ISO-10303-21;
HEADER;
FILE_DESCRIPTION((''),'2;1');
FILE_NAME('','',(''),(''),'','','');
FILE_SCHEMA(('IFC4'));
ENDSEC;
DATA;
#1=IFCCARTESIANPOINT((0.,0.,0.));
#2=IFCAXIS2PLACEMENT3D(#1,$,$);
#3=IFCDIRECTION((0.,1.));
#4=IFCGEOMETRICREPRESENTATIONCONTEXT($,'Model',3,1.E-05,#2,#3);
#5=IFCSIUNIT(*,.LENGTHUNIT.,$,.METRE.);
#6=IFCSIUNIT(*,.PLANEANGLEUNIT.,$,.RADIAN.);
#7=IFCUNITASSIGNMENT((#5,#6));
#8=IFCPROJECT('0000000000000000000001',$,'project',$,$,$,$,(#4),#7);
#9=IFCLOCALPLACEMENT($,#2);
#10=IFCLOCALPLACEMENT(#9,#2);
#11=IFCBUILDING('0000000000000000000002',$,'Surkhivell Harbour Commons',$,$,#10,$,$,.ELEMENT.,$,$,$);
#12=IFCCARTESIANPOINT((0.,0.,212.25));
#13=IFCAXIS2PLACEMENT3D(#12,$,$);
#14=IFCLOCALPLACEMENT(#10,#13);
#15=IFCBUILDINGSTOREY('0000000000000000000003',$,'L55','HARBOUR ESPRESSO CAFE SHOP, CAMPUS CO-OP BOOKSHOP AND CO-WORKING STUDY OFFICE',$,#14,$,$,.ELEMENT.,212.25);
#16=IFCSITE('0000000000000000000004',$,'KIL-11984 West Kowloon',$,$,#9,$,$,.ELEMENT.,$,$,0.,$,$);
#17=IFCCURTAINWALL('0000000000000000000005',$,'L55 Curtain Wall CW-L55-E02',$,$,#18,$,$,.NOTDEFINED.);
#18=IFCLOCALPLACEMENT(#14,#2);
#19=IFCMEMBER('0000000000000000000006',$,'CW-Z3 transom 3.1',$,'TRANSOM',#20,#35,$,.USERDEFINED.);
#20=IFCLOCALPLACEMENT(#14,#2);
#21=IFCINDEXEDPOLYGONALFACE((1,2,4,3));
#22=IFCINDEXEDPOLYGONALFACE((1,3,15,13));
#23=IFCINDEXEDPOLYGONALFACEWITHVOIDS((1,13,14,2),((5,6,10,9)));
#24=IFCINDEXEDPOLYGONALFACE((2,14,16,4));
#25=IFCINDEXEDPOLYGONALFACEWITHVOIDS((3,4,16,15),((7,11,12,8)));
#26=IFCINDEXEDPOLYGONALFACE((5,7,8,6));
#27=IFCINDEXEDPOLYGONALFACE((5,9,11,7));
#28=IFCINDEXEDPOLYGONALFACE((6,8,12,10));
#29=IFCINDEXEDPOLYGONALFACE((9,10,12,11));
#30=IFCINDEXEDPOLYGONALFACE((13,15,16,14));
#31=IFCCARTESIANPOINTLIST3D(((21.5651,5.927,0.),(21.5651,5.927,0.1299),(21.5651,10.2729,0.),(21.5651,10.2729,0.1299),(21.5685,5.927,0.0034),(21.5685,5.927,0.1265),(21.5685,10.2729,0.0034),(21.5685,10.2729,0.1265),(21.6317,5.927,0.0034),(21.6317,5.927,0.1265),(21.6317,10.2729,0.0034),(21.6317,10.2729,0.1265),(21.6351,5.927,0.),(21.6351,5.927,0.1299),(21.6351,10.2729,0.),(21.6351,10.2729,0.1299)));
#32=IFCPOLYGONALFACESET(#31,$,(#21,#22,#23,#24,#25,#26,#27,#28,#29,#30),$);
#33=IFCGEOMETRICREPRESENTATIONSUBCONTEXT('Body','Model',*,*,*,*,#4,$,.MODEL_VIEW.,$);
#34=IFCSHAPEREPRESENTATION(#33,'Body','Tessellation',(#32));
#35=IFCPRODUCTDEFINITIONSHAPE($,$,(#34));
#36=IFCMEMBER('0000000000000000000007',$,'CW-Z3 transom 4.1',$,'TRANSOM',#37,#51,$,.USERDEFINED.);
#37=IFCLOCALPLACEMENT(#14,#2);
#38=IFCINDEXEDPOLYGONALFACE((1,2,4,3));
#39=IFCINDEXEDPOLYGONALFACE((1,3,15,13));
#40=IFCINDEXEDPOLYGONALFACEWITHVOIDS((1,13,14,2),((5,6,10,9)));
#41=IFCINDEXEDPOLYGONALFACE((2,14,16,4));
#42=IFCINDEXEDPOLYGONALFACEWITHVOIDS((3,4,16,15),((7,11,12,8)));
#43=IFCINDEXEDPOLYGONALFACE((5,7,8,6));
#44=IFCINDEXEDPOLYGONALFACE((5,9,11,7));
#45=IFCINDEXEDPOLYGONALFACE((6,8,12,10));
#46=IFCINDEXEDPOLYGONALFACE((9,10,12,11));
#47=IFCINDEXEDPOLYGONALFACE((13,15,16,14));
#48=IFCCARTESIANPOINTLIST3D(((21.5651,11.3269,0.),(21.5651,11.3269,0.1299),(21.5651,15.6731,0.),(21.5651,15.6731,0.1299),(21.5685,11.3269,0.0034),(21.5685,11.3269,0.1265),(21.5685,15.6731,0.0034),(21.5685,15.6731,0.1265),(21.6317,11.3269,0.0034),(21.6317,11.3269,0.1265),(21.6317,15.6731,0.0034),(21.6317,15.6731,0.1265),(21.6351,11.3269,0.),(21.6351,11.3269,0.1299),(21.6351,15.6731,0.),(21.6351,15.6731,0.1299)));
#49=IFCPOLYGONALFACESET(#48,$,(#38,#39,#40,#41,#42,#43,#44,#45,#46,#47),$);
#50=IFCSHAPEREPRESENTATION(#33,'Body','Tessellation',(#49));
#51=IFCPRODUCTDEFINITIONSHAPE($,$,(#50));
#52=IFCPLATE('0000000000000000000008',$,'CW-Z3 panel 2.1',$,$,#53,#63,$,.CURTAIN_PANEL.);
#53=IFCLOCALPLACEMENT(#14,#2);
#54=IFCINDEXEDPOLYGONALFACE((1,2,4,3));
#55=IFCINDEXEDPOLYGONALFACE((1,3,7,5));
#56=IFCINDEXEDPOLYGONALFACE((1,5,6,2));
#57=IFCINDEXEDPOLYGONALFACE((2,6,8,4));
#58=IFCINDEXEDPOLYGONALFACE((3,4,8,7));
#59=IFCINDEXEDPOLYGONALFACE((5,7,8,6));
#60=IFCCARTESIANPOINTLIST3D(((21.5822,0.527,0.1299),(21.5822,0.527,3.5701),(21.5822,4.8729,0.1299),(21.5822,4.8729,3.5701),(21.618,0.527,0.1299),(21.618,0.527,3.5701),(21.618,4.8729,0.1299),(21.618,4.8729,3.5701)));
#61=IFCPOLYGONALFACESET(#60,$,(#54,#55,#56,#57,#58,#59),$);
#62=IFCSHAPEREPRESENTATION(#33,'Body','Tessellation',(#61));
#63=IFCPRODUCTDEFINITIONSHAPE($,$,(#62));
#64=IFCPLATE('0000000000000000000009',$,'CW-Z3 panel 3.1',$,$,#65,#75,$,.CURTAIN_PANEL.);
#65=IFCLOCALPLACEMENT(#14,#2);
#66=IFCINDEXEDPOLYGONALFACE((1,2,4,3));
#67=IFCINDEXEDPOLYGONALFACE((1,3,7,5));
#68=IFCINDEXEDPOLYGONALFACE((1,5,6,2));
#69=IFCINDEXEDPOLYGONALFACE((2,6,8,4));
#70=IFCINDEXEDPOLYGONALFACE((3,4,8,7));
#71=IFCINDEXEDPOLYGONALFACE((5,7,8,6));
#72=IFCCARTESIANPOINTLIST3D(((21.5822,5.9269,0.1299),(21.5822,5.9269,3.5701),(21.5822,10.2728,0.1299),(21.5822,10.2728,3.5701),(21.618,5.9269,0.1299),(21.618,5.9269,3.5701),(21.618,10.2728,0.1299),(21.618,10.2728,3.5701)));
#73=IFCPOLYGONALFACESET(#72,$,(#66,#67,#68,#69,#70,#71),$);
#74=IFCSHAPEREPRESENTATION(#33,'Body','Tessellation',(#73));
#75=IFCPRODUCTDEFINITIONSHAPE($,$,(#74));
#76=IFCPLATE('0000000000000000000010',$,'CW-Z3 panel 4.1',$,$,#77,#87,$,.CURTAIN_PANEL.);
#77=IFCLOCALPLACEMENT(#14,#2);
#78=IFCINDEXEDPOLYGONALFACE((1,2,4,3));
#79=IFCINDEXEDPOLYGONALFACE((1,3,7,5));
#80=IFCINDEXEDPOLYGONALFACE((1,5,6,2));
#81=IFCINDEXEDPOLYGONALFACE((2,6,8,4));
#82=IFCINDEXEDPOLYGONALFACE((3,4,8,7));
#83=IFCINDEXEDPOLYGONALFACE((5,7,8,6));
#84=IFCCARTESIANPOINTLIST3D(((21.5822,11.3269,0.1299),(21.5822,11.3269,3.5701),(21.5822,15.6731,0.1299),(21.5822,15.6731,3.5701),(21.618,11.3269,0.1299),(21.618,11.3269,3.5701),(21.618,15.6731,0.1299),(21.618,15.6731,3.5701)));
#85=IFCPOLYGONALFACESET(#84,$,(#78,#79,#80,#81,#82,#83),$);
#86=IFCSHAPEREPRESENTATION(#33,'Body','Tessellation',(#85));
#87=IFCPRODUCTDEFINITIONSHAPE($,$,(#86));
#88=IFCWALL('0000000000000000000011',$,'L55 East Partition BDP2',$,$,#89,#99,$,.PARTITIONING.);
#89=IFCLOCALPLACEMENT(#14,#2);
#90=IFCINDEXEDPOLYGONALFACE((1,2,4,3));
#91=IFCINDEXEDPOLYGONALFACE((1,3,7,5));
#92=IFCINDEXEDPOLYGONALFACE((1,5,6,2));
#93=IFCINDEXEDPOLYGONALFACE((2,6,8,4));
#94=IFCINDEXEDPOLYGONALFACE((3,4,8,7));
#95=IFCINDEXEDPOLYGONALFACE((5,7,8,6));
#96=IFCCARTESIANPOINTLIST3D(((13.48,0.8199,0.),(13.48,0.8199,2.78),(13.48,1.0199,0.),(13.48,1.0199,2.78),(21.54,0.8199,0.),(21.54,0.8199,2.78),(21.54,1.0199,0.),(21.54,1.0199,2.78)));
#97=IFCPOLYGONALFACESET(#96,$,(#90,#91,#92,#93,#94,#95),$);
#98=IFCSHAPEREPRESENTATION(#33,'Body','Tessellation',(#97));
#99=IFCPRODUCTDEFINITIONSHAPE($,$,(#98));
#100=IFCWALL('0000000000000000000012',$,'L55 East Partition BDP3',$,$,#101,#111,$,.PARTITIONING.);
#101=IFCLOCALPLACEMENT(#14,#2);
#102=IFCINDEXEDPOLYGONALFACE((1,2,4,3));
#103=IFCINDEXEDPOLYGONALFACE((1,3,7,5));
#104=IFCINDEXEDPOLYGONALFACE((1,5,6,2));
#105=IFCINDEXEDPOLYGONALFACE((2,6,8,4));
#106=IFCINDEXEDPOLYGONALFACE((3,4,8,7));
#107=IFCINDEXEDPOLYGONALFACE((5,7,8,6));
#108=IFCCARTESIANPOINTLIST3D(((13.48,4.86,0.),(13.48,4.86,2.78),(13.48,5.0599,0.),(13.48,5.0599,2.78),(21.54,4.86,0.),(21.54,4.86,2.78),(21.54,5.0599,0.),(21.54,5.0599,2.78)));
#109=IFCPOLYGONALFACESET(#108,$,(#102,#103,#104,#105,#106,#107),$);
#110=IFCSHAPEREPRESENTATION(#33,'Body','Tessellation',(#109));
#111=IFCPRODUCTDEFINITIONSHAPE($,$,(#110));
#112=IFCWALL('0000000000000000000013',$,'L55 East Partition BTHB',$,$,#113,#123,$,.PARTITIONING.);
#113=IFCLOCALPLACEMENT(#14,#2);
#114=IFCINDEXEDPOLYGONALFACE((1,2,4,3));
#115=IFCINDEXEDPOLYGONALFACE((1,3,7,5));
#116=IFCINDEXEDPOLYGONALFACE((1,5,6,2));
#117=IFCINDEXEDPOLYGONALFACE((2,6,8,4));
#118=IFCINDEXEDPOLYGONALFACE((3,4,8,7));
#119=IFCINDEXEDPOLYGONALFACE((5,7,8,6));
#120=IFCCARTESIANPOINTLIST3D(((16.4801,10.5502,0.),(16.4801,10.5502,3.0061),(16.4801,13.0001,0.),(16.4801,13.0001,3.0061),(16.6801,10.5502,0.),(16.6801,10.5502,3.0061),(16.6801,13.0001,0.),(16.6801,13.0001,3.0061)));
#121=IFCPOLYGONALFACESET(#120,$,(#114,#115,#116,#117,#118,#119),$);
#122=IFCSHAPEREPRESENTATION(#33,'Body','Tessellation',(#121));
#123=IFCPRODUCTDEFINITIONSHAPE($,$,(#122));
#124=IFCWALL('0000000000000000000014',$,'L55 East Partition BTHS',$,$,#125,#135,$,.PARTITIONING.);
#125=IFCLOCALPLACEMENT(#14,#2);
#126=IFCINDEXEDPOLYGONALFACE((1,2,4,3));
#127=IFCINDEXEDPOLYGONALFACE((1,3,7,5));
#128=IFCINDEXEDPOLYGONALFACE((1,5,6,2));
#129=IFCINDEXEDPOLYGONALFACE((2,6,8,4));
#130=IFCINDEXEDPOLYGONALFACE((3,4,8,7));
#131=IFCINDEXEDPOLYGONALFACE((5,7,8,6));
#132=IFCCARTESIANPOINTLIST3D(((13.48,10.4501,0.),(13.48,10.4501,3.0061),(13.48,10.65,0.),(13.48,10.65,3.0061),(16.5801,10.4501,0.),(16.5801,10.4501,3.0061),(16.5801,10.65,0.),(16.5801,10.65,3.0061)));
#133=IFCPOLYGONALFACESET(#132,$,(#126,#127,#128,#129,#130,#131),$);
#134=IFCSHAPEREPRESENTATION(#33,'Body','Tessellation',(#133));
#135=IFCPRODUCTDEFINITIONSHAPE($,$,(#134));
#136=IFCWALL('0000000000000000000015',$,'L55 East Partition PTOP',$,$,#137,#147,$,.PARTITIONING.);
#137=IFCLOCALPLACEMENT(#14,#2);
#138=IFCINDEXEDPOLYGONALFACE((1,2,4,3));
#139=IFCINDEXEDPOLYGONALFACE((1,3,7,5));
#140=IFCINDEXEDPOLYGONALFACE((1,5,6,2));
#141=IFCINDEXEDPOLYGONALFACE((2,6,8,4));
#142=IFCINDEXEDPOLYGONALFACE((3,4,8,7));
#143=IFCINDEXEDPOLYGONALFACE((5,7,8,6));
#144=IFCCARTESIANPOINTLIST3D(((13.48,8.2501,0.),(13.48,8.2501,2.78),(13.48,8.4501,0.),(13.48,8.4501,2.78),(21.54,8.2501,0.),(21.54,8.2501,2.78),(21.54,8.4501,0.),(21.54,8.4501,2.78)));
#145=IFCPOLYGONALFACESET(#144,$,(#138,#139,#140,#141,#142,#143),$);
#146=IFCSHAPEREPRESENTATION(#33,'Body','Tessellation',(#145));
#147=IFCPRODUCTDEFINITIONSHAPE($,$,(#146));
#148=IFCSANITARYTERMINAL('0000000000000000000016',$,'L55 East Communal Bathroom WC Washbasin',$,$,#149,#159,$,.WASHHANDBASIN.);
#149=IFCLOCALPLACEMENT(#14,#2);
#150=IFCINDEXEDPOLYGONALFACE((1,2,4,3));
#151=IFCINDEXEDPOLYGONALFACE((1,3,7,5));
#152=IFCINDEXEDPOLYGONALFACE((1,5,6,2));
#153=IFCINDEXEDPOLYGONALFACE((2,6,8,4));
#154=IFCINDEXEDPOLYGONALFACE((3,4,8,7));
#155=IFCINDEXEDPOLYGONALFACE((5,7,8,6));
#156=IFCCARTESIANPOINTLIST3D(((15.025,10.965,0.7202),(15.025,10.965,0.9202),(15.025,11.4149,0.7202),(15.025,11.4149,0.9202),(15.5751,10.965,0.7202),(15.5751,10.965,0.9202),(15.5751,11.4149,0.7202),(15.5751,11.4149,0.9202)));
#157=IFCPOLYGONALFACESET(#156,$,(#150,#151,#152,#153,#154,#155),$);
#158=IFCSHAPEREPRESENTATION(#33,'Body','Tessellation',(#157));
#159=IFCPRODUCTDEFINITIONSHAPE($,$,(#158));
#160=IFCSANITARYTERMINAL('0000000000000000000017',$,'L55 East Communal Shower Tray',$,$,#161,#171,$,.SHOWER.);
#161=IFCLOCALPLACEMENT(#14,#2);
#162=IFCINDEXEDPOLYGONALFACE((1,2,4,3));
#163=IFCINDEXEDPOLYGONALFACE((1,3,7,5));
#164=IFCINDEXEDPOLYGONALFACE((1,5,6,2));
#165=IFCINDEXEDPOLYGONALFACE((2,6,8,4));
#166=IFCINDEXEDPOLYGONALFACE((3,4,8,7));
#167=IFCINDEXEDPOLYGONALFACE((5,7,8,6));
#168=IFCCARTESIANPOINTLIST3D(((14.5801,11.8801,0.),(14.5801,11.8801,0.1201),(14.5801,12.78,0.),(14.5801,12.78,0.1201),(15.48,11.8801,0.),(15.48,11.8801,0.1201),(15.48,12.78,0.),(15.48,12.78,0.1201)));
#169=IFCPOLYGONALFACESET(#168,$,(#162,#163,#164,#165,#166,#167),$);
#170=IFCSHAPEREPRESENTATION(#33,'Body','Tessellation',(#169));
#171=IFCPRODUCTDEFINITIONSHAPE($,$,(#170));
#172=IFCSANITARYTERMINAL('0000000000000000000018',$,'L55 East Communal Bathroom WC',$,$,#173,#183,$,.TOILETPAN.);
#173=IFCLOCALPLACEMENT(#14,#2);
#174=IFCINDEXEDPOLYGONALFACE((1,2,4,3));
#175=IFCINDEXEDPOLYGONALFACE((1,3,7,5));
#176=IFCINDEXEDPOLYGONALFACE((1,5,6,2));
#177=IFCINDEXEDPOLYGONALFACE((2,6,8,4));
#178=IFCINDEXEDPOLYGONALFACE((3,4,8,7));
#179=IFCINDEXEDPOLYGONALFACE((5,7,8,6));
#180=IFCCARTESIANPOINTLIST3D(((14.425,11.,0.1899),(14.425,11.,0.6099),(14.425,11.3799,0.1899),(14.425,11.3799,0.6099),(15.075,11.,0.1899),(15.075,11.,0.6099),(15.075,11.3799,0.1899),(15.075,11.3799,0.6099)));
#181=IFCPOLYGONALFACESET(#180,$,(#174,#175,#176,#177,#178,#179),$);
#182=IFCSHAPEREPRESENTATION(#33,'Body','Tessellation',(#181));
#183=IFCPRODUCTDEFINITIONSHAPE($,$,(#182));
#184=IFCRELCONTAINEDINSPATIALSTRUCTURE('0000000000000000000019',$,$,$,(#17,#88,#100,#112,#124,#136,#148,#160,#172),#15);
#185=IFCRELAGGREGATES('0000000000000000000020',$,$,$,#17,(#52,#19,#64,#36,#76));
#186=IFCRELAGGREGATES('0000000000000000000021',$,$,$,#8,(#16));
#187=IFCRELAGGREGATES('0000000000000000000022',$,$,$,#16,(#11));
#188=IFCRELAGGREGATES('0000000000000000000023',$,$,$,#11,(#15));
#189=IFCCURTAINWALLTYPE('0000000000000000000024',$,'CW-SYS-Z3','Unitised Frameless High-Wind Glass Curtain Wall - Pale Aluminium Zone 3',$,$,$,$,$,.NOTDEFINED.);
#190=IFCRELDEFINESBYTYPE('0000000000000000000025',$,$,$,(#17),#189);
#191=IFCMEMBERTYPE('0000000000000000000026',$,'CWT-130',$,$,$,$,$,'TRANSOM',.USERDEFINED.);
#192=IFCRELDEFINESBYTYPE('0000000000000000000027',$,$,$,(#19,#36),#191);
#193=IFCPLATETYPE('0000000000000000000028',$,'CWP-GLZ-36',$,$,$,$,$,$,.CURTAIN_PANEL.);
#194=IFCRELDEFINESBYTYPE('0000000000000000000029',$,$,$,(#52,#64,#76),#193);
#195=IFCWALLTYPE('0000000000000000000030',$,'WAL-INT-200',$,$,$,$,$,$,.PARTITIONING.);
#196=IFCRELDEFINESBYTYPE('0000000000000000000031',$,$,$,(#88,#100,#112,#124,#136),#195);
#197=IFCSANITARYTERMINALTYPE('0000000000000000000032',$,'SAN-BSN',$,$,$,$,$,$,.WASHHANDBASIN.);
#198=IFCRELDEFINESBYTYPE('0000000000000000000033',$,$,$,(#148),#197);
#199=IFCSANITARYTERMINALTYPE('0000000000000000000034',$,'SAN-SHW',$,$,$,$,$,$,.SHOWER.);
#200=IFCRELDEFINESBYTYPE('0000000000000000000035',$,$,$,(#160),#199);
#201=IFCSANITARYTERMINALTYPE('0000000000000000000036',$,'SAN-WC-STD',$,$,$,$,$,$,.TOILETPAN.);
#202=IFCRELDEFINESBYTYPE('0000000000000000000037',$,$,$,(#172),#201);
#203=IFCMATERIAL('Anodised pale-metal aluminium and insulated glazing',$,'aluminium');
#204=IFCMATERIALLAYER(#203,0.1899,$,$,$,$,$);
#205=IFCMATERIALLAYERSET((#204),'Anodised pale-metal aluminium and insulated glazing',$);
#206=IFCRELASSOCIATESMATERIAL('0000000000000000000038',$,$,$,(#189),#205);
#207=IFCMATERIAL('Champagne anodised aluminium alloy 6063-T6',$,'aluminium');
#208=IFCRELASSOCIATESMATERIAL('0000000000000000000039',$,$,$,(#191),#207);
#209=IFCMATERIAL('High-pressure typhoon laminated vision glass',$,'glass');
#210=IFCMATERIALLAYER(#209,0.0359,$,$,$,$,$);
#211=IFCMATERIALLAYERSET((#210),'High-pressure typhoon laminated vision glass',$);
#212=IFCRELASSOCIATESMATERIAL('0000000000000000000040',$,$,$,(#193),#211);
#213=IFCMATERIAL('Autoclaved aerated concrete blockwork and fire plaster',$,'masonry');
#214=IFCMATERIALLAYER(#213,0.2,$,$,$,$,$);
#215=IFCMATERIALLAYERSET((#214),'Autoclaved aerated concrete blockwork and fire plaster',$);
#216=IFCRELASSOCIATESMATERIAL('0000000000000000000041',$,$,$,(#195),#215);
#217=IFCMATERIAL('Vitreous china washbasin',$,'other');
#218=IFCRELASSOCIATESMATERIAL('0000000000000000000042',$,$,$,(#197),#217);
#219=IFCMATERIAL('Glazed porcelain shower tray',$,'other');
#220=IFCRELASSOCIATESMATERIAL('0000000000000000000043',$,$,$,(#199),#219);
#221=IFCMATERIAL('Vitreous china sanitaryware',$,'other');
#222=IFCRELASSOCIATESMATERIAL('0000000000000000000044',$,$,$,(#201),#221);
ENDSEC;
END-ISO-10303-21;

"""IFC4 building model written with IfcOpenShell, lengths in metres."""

from ifc_helpers import new_model, si_unit, direction, frame, frame_2d, origin, origin_2d, place, context, subcontext, project, spatial, rectangle, hollow_rectangle, extrude, material, layer, layer_set, material_profile, profile_set, type_object, element, aggregate, save


model = new_model("IFC4")

# Units and contexts
model_context = context("Model", 3, precision=1e-05, world=origin(), true_north=direction((0.0, 1.0)))
body_context = subcontext(model_context, "Body", "Model", "MODEL_VIEW")
ifc_project = project(units=[si_unit("LENGTHUNIT", "METRE"), si_unit("PLANEANGLEUNIT", "RADIAN")], contexts=[model_context])

# Site, building, storey
site_placement = place(None, origin())
site = spatial("IfcSite", under=ifc_project, at=site_placement, Name="KIL-11984 West Kowloon", CompositionType="ELEMENT", RefElevation=0.0)
building_placement = place(site_placement, origin())
building = spatial("IfcBuilding", under=site, at=building_placement, Name="Surkhivell Harbour Commons", CompositionType="ELEMENT")
storey_placement = place(building_placement, frame((0.0, 0.0, 212.25)))
storey = spatial("IfcBuildingStorey", under=building, at=storey_placement, Name="L55", Description="HARBOUR ESPRESSO CAFE SHOP, CAMPUS CO-OP BOOKSHOP AND CO-WORKING STUDY OFFICE", CompositionType="ELEMENT", Elevation=212.25)

# Curtain wall, members, plates
ifc_material_1 = material(Name="Anodised pale-metal aluminium and insulated glazing", Category="aluminium")
ifc_layer_1 = layer(ifc_material_1, 0.1899)
ifc_layer_set_1 = layer_set([ifc_layer_1], Name="Anodised pale-metal aluminium and insulated glazing")
curtain_wall_type = type_object("IfcCurtainWallType", Name="CW-SYS-Z3", Description="Unitised Frameless High-Wind Glass Curtain Wall - Pale Aluminium Zone 3", PredefinedType="NOTDEFINED", material=ifc_layer_set_1)
curtain_wall_placement = place(storey_placement, origin())
curtain_wall = element("IfcCurtainWall", 1, at=curtain_wall_placement, inside=storey, type_object=curtain_wall_type, Name="L55 Curtain Wall CW-L55-E02", PredefinedType="NOTDEFINED")
ifc_material_2 = material(Name="Champagne anodised aluminium alloy 6063-T6", Category="aluminium")
ifc_material_profile_1 = material_profile(ifc_material_2, hollow_rectangle(XDim=0.0701, YDim=0.1299, WallThickness=0.0034, at=origin_2d()), Name="ALU-TRAN-70x130")
ifc_profile_set_1 = profile_set([ifc_material_profile_1], Name="Champagne anodised aluminium alloy 6063-T6")
member_type_1 = type_object("IfcMemberType", Name="CWT-130", ElementType="TRANSOM", PredefinedType="USERDEFINED", material=ifc_profile_set_1)
member_1_placement = place(storey_placement, frame((21.6001, 5.927, 0.0649), z_axis=(0.0, 1.0, 0.0), x_axis=(-1.0, 0.0, 0.0)))
member_1 = element("IfcMember", 2, at=member_1_placement, type_object=member_type_1, Name="CW-Z3 transom 3.1", ObjectType="TRANSOM", PredefinedType="USERDEFINED", context=body_context, shape_type="SweptSolid", body=[
    extrude(hollow_rectangle(XDim=0.0701, YDim=0.1299, WallThickness=0.0034, at=origin_2d()), origin(), (0.0, 0.0, 1.0), 4.3459),
])
member_2_placement = place(storey_placement, frame((21.6001, 11.3269, 0.0649), z_axis=(0.0, 1.0, 0.0), x_axis=(-1.0, 0.0, 0.0)))
member_2 = element("IfcMember", 3, at=member_2_placement, type_object=member_type_1, Name="CW-Z3 transom 4.1", ObjectType="TRANSOM", PredefinedType="USERDEFINED", context=body_context, shape_type="SweptSolid", body=[
    extrude(hollow_rectangle(XDim=0.0701, YDim=0.1299, WallThickness=0.0034, at=origin_2d()), origin(), (0.0, 0.0, 1.0), 4.3462),
])
ifc_material_3 = material(Name="High-pressure typhoon laminated vision glass", Category="glass")
ifc_layer_2 = layer(ifc_material_3, 0.0359)
ifc_layer_set_2 = layer_set([ifc_layer_2], Name="High-pressure typhoon laminated vision glass")
plate_type = type_object("IfcPlateType", Name="CWP-GLZ-36", PredefinedType="CURTAIN_PANEL", material=ifc_layer_set_2)
plate_1_placement = place(storey_placement, frame((21.6001, 0.5271, 0.1299), z_axis=(0.0, 0.0, 1.0), x_axis=(0.0, 1.0, 0.0)))
plate_1 = element("IfcPlate", 4, at=plate_1_placement, type_object=plate_type, Name="CW-Z3 panel 2.1", PredefinedType="CURTAIN_PANEL", context=body_context, shape_type="SweptSolid", body=[
    extrude(rectangle(XDim=4.3459, YDim=0.0359, at=frame_2d((2.1729, 0.0))), origin(), (0.0, 0.0, 1.0), 3.4402),
])
plate_2_placement = place(storey_placement, frame((21.6001, 5.927, 0.1299), z_axis=(0.0, 0.0, 1.0), x_axis=(0.0, 1.0, 0.0)))
plate_2 = element("IfcPlate", 5, at=plate_2_placement, type_object=plate_type, Name="CW-Z3 panel 3.1", PredefinedType="CURTAIN_PANEL", context=body_context, shape_type="SweptSolid", body=[
    extrude(rectangle(XDim=4.3459, YDim=0.0359, at=frame_2d((2.1729, 0.0))), origin(), (0.0, 0.0, 1.0), 3.4402),
])
plate_3_placement = place(storey_placement, frame((21.6001, 11.3269, 0.1299), z_axis=(0.0, 0.0, 1.0), x_axis=(0.0, 1.0, 0.0)))
plate_3 = element("IfcPlate", 6, at=plate_3_placement, type_object=plate_type, Name="CW-Z3 panel 4.1", PredefinedType="CURTAIN_PANEL", context=body_context, shape_type="SweptSolid", body=[
    extrude(rectangle(XDim=4.3462, YDim=0.0359, at=frame_2d((2.1731, 0.0))), origin(), (0.0, 0.0, 1.0), 3.4402),
])
aggregate(curtain_wall, [plate_1, member_1, plate_2, member_2, plate_3])

# Walls
ifc_material_4 = material(Name="Autoclaved aerated concrete blockwork and fire plaster", Category="masonry")
ifc_layer_3 = layer(ifc_material_4, 0.2)
ifc_layer_set_3 = layer_set([ifc_layer_3], Name="Autoclaved aerated concrete blockwork and fire plaster")
wall_type = type_object("IfcWallType", Name="WAL-INT-200", PredefinedType="PARTITIONING", material=ifc_layer_set_3)
for number, where, z_axis, x_axis, name in (
    (7, (13.48, 0.9199, 0.0), (0.0, 0.0, 1.0), (1.0, 0.0, 0.0), "L55 East Partition BDP2"),
    (8, (13.48, 4.96, 0.0), (0.0, 0.0, 1.0), (1.0, 0.0, 0.0), "L55 East Partition BDP3"),
):
    element("IfcWall", number, at=place(storey_placement, frame(where, z_axis=z_axis, x_axis=x_axis)), inside=storey, type_object=wall_type, Name=name, PredefinedType="PARTITIONING", context=body_context, shape_type="SweptSolid", body=[
        extrude(rectangle(XDim=8.0601, YDim=0.2, at=frame_2d((4.03, 0.0))), origin(), (0.0, 0.0, 1.0), 2.78),
    ])
wall_1_placement = place(storey_placement, frame((16.5801, 10.55, 0.0), z_axis=(0.0, 0.0, 1.0), x_axis=(0.0, 1.0, 0.0)))
element("IfcWall", 9, at=wall_1_placement, inside=storey, type_object=wall_type, Name="L55 East Partition BTHB", PredefinedType="PARTITIONING", context=body_context, shape_type="SweptSolid", body=[
    extrude(rectangle(XDim=2.45, YDim=0.2, at=frame_2d((1.2251, 0.0))), origin(), (0.0, 0.0, 1.0), 3.0061),
])
wall_2_placement = place(storey_placement, frame((13.48, 10.55, 0.0), z_axis=(0.0, 0.0, 1.0), x_axis=(1.0, 0.0, 0.0)))
element("IfcWall", 10, at=wall_2_placement, inside=storey, type_object=wall_type, Name="L55 East Partition BTHS", PredefinedType="PARTITIONING", context=body_context, shape_type="SweptSolid", body=[
    extrude(rectangle(XDim=3.1001, YDim=0.2, at=frame_2d((1.55, 0.0))), origin(), (0.0, 0.0, 1.0), 3.0061),
])
wall_3_placement = place(storey_placement, frame((13.48, 8.3501, 0.0), z_axis=(0.0, 0.0, 1.0), x_axis=(1.0, 0.0, 0.0)))
element("IfcWall", 11, at=wall_3_placement, inside=storey, type_object=wall_type, Name="L55 East Partition PTOP", PredefinedType="PARTITIONING", context=body_context, shape_type="SweptSolid", body=[
    extrude(rectangle(XDim=8.0601, YDim=0.2, at=frame_2d((4.03, 0.0))), origin(), (0.0, 0.0, 1.0), 2.78),
])

# Sanitary terminals
ifc_material_5 = material(Name="Vitreous china washbasin", Category="other")
sanitary_terminal_type_1 = type_object("IfcSanitaryTerminalType", Name="SAN-BSN", PredefinedType="WASHHANDBASIN", material=ifc_material_5)
sanitary_terminal_1_placement = place(storey_placement, frame((15.3, 11.1899, 0.7202), z_axis=(0.0, 0.0, 1.0), x_axis=(1.0, 0.0, 0.0)))
element("IfcSanitaryTerminal", 12, at=sanitary_terminal_1_placement, inside=storey, type_object=sanitary_terminal_type_1, Name="L55 East Communal Bathroom WC Washbasin", PredefinedType="WASHHANDBASIN", context=body_context, shape_type="SweptSolid", body=[
    extrude(rectangle(XDim=0.55, YDim=0.45, at=origin_2d()), origin(), (0.0, 0.0, 1.0), 0.2),
])
ifc_material_6 = material(Name="Glazed porcelain shower tray", Category="other")
sanitary_terminal_type_2 = type_object("IfcSanitaryTerminalType", Name="SAN-SHW", PredefinedType="SHOWER", material=ifc_material_6)
sanitary_terminal_2_placement = place(storey_placement, frame((15.03, 12.3301, 0.0), z_axis=(0.0, 0.0, 1.0), x_axis=(1.0, 0.0, 0.0)))
element("IfcSanitaryTerminal", 13, at=sanitary_terminal_2_placement, inside=storey, type_object=sanitary_terminal_type_2, Name="L55 East Communal Shower Tray", PredefinedType="SHOWER", context=body_context, shape_type="SweptSolid", body=[
    extrude(rectangle(XDim=0.8999, YDim=0.8999, at=origin_2d()), origin(), (0.0, 0.0, 1.0), 0.1201),
])
ifc_material_7 = material(Name="Vitreous china sanitaryware", Category="other")
sanitary_terminal_type_3 = type_object("IfcSanitaryTerminalType", Name="SAN-WC-STD", PredefinedType="TOILETPAN", material=ifc_material_7)
sanitary_terminal_3_placement = place(storey_placement, frame((14.75, 11.1899, 0.1899), z_axis=(0.0, 0.0, 1.0), x_axis=(1.0, 0.0, 0.0)))
element("IfcSanitaryTerminal", 14, at=sanitary_terminal_3_placement, inside=storey, type_object=sanitary_terminal_type_3, Name="L55 East Communal Bathroom WC", PredefinedType="TOILETPAN", context=body_context, shape_type="SweptSolid", body=[
    extrude(rectangle(XDim=0.6499, YDim=0.3799, at=origin_2d()), origin(), (0.0, 0.0, 1.0), 0.4199),
])

save(model, "model.ifc")
